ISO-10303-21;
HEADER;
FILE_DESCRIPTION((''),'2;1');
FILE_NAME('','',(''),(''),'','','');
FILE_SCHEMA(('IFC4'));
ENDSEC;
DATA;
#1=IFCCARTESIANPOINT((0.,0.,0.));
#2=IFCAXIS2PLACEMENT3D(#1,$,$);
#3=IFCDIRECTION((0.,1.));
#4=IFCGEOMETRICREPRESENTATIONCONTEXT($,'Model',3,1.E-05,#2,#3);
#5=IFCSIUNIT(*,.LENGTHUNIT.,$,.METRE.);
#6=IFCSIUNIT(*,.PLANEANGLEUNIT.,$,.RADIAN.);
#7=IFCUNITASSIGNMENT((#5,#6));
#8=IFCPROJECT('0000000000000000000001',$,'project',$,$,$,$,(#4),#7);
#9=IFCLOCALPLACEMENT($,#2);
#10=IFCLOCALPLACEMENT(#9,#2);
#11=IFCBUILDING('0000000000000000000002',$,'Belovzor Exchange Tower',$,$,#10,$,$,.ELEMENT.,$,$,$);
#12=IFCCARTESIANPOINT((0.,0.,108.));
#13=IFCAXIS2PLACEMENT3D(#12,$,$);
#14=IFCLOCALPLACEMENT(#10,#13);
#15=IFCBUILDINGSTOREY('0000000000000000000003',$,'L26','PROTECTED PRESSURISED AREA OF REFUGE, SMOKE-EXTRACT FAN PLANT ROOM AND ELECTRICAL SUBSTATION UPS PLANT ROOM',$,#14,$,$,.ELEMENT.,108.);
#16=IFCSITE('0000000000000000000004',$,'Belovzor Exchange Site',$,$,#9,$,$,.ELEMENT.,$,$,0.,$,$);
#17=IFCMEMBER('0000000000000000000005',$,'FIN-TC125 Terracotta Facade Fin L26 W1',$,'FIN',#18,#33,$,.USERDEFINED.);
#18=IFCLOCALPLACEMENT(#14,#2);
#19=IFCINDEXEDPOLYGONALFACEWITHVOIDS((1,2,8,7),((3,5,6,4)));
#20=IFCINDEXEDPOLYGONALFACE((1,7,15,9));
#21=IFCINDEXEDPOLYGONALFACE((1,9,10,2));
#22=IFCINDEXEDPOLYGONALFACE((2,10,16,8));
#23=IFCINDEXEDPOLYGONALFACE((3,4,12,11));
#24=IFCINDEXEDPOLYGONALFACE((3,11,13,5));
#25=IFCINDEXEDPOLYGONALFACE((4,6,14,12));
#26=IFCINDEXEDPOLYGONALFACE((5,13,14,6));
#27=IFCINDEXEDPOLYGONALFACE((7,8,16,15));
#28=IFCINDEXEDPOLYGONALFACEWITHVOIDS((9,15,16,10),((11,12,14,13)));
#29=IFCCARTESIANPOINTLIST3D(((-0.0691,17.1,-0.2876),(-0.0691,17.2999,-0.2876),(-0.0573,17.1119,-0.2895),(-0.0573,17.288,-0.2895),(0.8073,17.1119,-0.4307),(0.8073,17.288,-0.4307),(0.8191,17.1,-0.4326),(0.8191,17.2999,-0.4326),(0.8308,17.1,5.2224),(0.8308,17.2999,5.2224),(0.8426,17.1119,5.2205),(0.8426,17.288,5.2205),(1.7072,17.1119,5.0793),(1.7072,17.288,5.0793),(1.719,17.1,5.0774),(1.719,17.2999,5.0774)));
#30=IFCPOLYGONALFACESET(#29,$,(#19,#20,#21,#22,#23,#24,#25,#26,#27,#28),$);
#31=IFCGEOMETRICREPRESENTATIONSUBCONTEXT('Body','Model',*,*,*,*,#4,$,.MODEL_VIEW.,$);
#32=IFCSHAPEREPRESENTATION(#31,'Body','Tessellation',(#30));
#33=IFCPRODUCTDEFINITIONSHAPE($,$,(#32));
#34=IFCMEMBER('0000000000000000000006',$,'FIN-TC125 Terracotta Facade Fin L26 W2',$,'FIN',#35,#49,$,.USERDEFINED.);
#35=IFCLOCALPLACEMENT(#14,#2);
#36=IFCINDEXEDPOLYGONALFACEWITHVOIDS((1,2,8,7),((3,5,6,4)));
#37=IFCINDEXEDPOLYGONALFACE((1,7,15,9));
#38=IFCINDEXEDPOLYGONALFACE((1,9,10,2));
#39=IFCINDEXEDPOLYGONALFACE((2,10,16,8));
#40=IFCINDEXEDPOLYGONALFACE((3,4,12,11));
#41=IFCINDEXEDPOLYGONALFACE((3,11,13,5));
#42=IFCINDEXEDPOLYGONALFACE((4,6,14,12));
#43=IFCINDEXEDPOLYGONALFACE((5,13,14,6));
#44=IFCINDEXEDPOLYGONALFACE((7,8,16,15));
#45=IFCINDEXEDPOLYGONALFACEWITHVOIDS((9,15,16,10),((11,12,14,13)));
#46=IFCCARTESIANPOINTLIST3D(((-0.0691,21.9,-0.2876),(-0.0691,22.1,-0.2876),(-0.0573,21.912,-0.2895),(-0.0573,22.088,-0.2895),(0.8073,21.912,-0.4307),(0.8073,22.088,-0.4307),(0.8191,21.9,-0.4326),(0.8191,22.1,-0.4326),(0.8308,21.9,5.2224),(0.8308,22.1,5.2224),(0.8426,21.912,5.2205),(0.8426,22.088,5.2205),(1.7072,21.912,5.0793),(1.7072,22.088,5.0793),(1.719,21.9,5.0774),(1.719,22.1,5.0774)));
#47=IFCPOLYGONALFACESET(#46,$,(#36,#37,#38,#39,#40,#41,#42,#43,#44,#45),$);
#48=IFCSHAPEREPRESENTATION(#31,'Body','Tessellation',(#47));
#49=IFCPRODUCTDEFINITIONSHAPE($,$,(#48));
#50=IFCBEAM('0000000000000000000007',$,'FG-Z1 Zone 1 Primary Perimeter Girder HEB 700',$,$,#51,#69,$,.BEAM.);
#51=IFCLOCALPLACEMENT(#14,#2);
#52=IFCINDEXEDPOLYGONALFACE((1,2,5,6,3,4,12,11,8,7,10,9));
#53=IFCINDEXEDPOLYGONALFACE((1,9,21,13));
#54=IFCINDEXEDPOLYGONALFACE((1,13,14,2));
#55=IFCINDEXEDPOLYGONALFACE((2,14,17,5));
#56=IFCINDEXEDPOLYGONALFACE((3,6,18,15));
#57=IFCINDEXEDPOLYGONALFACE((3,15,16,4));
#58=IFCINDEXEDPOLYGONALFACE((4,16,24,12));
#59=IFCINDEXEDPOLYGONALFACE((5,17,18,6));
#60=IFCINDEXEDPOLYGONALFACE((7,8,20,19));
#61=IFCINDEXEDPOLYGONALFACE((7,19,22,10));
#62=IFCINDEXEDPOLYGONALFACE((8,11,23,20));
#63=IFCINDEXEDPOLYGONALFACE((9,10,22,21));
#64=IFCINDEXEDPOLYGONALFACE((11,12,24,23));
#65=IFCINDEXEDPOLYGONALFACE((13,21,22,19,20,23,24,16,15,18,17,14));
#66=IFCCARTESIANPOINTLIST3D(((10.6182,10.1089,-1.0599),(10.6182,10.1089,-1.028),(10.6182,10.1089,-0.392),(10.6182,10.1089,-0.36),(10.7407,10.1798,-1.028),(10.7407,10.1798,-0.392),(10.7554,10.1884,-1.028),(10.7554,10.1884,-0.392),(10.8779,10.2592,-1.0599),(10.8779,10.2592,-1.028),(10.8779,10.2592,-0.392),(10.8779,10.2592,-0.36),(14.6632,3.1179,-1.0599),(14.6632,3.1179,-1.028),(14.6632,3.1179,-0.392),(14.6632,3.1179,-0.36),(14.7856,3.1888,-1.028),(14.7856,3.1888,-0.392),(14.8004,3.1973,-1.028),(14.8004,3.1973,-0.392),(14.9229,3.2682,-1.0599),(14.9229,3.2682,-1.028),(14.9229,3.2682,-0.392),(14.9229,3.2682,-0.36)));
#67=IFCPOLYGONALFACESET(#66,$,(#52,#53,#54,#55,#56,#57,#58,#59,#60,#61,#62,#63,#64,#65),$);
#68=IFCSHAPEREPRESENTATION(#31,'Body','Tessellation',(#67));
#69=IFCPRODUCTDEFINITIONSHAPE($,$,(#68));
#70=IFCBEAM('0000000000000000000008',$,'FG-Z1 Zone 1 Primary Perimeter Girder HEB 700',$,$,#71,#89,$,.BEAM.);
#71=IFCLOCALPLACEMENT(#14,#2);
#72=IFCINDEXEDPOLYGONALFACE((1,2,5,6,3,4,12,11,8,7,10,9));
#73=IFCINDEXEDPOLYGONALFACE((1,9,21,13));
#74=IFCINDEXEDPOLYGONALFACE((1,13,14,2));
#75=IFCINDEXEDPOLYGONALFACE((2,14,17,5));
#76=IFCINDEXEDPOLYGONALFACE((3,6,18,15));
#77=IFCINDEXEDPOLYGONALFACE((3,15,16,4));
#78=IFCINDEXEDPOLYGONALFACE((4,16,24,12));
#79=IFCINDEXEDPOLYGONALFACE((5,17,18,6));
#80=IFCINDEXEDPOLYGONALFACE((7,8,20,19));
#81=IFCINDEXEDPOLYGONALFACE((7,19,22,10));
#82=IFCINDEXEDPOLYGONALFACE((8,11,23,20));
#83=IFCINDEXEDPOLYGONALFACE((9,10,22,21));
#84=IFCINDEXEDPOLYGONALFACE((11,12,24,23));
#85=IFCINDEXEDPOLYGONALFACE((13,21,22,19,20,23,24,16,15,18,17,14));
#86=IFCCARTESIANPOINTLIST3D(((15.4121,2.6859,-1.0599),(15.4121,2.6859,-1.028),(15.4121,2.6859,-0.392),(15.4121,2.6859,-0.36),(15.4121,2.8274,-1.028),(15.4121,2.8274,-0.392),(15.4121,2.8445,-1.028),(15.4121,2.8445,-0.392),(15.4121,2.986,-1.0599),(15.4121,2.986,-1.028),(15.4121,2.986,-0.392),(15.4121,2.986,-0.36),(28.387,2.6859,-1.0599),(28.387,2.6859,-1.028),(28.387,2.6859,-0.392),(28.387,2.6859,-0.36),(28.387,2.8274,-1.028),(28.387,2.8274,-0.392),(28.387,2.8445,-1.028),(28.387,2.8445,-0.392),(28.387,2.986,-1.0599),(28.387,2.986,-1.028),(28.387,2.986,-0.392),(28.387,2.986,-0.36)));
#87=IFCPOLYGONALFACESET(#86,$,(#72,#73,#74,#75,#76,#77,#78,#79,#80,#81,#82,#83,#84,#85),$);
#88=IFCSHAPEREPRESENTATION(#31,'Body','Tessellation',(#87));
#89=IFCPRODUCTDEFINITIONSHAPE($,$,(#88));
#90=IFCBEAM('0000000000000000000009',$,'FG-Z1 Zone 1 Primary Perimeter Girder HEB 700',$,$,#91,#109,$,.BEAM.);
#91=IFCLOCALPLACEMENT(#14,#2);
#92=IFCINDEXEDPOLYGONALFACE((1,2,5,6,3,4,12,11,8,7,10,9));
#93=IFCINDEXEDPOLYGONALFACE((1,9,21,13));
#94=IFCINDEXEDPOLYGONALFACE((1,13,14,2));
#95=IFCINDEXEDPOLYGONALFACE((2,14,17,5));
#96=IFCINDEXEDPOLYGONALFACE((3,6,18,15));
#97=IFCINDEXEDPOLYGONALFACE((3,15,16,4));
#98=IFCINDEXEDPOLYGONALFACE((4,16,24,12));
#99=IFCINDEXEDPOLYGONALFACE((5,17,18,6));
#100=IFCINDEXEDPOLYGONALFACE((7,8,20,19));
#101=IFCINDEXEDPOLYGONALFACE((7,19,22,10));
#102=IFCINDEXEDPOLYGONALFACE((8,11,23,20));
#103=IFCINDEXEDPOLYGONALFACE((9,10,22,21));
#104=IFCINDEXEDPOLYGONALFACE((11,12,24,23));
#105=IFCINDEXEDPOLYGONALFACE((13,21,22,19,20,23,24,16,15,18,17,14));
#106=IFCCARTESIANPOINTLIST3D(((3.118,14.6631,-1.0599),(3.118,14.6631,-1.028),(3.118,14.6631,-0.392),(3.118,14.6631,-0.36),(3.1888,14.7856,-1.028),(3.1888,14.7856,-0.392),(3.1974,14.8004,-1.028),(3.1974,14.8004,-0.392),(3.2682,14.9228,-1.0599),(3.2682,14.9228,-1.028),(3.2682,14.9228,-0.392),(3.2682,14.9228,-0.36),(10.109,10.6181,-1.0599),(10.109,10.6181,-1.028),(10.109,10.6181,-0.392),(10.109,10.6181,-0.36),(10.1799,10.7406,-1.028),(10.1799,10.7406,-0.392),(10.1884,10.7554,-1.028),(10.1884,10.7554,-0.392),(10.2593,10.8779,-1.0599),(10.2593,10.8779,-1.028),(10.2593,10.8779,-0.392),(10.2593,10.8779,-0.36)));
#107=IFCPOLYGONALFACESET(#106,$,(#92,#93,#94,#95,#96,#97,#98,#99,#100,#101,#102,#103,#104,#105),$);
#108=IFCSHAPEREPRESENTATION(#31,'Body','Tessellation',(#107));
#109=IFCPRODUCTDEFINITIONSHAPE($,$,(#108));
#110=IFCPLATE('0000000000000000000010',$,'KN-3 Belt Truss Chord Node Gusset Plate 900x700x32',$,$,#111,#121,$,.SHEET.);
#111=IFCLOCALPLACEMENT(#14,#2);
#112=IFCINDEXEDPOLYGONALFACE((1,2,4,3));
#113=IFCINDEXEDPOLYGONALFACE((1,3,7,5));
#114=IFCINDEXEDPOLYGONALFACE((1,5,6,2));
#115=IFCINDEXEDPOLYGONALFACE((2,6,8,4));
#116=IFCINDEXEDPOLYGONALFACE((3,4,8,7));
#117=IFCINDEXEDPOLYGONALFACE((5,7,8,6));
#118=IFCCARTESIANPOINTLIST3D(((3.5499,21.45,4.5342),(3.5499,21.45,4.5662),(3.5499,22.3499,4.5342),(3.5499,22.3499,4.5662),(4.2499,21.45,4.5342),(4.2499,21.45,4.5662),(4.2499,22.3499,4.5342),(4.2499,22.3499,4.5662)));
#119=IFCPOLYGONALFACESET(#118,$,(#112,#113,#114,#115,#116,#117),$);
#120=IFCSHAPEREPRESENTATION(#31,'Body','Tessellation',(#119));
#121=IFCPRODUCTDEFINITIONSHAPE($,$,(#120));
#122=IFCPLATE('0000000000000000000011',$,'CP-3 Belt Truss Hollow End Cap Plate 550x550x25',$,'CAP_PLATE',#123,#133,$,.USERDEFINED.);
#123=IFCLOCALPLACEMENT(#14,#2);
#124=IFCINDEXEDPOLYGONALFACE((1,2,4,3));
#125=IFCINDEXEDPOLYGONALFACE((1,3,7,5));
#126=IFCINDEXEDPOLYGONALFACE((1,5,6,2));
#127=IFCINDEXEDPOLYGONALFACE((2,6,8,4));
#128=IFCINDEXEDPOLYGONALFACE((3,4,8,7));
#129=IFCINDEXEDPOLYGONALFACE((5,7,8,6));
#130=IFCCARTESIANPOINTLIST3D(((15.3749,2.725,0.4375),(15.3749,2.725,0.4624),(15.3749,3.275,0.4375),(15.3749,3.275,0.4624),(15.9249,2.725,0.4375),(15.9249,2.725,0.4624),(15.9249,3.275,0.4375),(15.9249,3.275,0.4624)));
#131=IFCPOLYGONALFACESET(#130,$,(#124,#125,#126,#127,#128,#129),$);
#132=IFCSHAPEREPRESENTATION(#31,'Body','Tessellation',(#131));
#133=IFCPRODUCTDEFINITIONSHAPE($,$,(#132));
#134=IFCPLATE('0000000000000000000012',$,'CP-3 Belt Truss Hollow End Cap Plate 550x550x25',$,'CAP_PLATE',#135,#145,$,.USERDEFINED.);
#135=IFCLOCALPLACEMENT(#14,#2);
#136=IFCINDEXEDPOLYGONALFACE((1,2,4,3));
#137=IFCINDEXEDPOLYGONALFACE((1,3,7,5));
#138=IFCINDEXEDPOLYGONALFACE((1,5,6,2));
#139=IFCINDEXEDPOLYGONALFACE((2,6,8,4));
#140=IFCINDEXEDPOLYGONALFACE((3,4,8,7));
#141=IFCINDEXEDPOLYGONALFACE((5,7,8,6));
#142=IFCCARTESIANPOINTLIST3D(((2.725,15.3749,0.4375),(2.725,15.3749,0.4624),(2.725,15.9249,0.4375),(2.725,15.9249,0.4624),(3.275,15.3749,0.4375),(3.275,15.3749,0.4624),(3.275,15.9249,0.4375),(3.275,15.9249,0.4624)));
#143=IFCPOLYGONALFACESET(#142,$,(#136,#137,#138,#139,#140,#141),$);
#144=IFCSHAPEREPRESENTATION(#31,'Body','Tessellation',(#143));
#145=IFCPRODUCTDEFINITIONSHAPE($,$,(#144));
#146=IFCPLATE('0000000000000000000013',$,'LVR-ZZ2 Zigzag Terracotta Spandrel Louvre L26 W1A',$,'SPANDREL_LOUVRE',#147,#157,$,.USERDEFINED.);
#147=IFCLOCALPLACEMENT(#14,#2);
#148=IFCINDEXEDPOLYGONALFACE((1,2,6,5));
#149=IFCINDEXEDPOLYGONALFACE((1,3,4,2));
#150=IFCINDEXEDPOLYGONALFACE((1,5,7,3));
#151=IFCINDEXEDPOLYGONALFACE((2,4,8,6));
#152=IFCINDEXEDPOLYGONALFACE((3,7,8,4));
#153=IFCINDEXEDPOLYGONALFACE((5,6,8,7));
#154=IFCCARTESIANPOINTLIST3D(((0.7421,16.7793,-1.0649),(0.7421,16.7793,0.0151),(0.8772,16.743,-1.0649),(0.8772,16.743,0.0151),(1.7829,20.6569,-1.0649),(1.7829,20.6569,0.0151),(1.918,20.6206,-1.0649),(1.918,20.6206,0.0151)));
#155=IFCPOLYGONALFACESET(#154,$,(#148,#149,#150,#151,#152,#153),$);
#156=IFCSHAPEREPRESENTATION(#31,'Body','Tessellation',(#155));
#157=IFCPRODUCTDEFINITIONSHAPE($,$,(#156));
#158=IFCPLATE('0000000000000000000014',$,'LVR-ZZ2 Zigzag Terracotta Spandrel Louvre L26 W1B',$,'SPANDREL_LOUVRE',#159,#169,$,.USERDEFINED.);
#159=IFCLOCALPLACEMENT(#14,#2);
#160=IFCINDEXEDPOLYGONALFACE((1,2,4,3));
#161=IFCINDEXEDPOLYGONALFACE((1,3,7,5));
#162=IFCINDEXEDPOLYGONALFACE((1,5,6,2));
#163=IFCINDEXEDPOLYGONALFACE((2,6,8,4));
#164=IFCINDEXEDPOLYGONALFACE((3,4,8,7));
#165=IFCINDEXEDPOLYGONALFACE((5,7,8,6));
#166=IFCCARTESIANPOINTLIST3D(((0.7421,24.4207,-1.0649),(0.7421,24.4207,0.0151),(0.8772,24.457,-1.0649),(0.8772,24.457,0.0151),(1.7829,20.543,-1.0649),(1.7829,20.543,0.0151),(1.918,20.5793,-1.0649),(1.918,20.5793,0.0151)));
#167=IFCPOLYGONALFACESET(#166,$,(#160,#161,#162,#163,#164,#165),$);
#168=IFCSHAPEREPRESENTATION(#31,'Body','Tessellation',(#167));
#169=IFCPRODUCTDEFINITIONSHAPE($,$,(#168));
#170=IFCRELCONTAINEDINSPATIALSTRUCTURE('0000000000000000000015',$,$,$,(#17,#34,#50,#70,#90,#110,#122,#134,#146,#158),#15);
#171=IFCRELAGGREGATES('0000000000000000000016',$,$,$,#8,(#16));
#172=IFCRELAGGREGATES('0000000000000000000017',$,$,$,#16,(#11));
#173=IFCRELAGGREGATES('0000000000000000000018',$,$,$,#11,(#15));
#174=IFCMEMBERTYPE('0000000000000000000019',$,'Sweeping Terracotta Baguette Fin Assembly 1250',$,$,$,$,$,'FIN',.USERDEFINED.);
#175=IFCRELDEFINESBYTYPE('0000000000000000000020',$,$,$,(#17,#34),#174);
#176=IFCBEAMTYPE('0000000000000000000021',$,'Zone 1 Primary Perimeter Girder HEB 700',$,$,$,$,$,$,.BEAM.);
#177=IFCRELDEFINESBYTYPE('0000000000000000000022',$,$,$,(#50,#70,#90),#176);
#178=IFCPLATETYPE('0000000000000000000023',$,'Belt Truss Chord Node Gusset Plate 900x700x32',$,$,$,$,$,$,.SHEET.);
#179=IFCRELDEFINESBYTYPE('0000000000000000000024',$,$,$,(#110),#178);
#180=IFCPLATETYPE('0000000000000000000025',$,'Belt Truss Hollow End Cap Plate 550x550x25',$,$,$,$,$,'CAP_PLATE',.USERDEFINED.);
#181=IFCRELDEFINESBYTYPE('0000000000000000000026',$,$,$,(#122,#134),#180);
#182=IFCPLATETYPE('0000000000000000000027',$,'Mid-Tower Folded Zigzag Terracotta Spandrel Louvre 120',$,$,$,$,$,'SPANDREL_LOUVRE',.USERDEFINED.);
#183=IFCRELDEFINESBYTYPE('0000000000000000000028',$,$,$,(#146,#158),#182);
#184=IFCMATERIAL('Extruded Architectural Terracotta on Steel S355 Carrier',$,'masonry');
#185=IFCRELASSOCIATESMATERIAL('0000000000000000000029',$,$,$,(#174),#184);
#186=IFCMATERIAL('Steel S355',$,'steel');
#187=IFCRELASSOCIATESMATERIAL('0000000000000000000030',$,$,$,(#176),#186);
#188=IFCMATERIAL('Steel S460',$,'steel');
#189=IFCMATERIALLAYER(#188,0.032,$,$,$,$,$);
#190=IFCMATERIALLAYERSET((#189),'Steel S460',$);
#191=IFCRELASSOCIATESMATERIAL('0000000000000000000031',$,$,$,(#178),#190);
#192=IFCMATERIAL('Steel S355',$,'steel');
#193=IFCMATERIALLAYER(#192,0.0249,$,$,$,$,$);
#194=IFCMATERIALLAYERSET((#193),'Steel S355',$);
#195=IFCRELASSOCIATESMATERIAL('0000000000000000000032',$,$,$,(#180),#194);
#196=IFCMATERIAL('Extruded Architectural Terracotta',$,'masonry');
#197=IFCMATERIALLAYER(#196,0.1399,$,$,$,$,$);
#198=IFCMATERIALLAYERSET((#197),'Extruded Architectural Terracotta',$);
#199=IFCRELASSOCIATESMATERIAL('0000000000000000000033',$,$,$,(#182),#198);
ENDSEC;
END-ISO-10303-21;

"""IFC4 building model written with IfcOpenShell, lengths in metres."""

from ifc_helpers import new_model, si_unit, direction, frame, origin, origin_2d, place, context, subcontext, project, spatial, rectangle, hollow_rectangle, i_section, extrude, material, layer, layer_set, material_profile, profile_set, type_object, element, save


model = new_model("IFC4")

# Units and contexts
model_context = context("Model", 3, precision=1e-05, world=origin(), true_north=direction((0.0, 1.0)))
body_context = subcontext(model_context, "Body", "Model", "MODEL_VIEW")
ifc_project = project(units=[si_unit("LENGTHUNIT", "METRE"), si_unit("PLANEANGLEUNIT", "RADIAN")], contexts=[model_context])

# Site, building, storey
site_placement = place(None, origin())
site = spatial("IfcSite", under=ifc_project, at=site_placement, Name="Belovzor Exchange Site", CompositionType="ELEMENT", RefElevation=0.0)
building_placement = place(site_placement, origin())
building = spatial("IfcBuilding", under=site, at=building_placement, Name="Belovzor Exchange Tower", CompositionType="ELEMENT")
storey_placement = place(building_placement, frame((0.0, 0.0, 108.0)))
storey = spatial("IfcBuildingStorey", under=building, at=storey_placement, Name="L26", Description="PROTECTED PRESSURISED AREA OF REFUGE, SMOKE-EXTRACT FAN PLANT ROOM AND ELECTRICAL SUBSTATION UPS PLANT ROOM", CompositionType="ELEMENT", Elevation=108.0)

# Members
ifc_material_1 = material(Name="Extruded Architectural Terracotta on Steel S355 Carrier", Category="masonry")
ifc_material_profile_1 = material_profile(ifc_material_1, hollow_rectangle(XDim=0.2, YDim=0.8999, WallThickness=0.012, at=origin_2d()))
ifc_profile_set_1 = profile_set([ifc_material_profile_1], Name="Extruded Architectural Terracotta on Steel S355 Carrier")
member_type_1 = type_object("IfcMemberType", Name="Sweeping Terracotta Baguette Fin Assembly 1250", ElementType="FIN", PredefinedType="USERDEFINED", material=ifc_profile_set_1)
for number, where, z_axis, x_axis, name in (
    (1, (0.375, 17.2, -0.3601), (0.161186, 0.0, 0.986924), (0.0, 1.0, 0.0), "FIN-TC125 Terracotta Facade Fin L26 W1"),
    (2, (0.375, 22.0, -0.3601), (0.161186, 0.0, 0.986924), (0.0, 1.0, 0.0), "FIN-TC125 Terracotta Facade Fin L26 W2"),
):
    element("IfcMember", number, at=place(storey_placement, frame(where, z_axis=z_axis, x_axis=x_axis)), inside=storey, type_object=member_type_1, Name=name, ObjectType="FIN", PredefinedType="USERDEFINED", context=body_context, shape_type="SweptSolid", body=[
        extrude(hollow_rectangle(XDim=0.2, YDim=0.8999, WallThickness=0.012, at=origin_2d()), origin(), (0.0, 0.0, 1.0), 5.583),
    ])

# Beams
ifc_material_2 = material(Name="Steel S355", Category="steel")
ifc_material_profile_2 = material_profile(ifc_material_2, i_section(OverallWidth=0.3, OverallDepth=0.7, WebThickness=0.0171, FlangeThickness=0.032, at=origin_2d()))
ifc_profile_set_2 = profile_set([ifc_material_profile_2], Name="Steel S355")
beam_type_1 = type_object("IfcBeamType", Name="Zone 1 Primary Perimeter Girder HEB 700", PredefinedType="BEAM", material=ifc_profile_set_2)
beam_1_placement = place(storey_placement, frame((10.748, 10.1841, -0.71), z_axis=(0.500806, -0.865559, 0.0), x_axis=(0.865559, 0.500806, 0.0)))
element("IfcBeam", 3, at=beam_1_placement, inside=storey, type_object=beam_type_1, Name="FG-Z1 Zone 1 Primary Perimeter Girder HEB 700", PredefinedType="BEAM", context=body_context, shape_type="SweptSolid", body=[
    extrude(i_section(OverallWidth=0.3, OverallDepth=0.7, WebThickness=0.0171, FlangeThickness=0.032, at=origin_2d()), origin(), (0.0, 0.0, 1.0), 8.0769),
])
beam_2_placement = place(storey_placement, frame((15.4121, 2.8359, -0.71), z_axis=(1.0, 0.0, 0.0), x_axis=(0.0, 1.0, 0.0)))
element("IfcBeam", 4, at=beam_2_placement, inside=storey, type_object=beam_type_1, Name="FG-Z1 Zone 1 Primary Perimeter Girder HEB 700", PredefinedType="BEAM", context=body_context, shape_type="SweptSolid", body=[
    extrude(i_section(OverallWidth=0.3, OverallDepth=0.7, WebThickness=0.0171, FlangeThickness=0.032, at=origin_2d()), origin(), (0.0, 0.0, 1.0), 12.9749),
])
beam_3_placement = place(storey_placement, frame((3.1931, 14.793, -0.71), z_axis=(0.865559, -0.500806, 0.0), x_axis=(0.500806, 0.865559, 0.0)))
element("IfcBeam", 5, at=beam_3_placement, inside=storey, type_object=beam_type_1, Name="FG-Z1 Zone 1 Primary Perimeter Girder HEB 700", PredefinedType="BEAM", context=body_context, shape_type="SweptSolid", body=[
    extrude(i_section(OverallWidth=0.3, OverallDepth=0.7, WebThickness=0.0171, FlangeThickness=0.032, at=origin_2d()), origin(), (0.0, 0.0, 1.0), 8.0769),
])

# Plates
ifc_material_3 = material(Name="Steel S460", Category="steel")
ifc_layer_1 = layer(ifc_material_3, 0.032)
ifc_layer_set_1 = layer_set([ifc_layer_1], Name="Steel S460")
plate_type_1 = type_object("IfcPlateType", Name="Belt Truss Chord Node Gusset Plate 900x700x32", PredefinedType="SHEET", material=ifc_layer_set_1)
plate_placement = place(storey_placement, frame((3.8999, 21.8999, 4.5342), z_axis=(0.0, 0.0, 1.0), x_axis=(0.0, 1.0, 0.0)))
element("IfcPlate", 6, at=plate_placement, inside=storey, type_object=plate_type_1, Name="KN-3 Belt Truss Chord Node Gusset Plate 900x700x32", PredefinedType="SHEET", context=body_context, shape_type="SweptSolid", body=[
    extrude(rectangle(XDim=0.8999, YDim=0.7, at=origin_2d()), origin(), (0.0, 0.0, 1.0), 0.032),
])
ifc_material_4 = material(Name="Steel S355", Category="steel")
ifc_layer_2 = layer(ifc_material_4, 0.0249)
ifc_layer_set_2 = layer_set([ifc_layer_2], Name="Steel S355")
plate_type_2 = type_object("IfcPlateType", Name="Belt Truss Hollow End Cap Plate 550x550x25", ElementType="CAP_PLATE", PredefinedType="USERDEFINED", material=ifc_layer_set_2)
for number, where, z_axis, x_axis, name in (
    (7, (15.6499, 3.0, 0.4375), (0.0, 0.0, 1.0), (1.0, 0.0, 0.0), "CP-3 Belt Truss Hollow End Cap Plate 550x550x25"),
    (8, (3.0, 15.6499, 0.4375), (0.0, 0.0, 1.0), (0.0, 1.0, 0.0), "CP-3 Belt Truss Hollow End Cap Plate 550x550x25"),
):
    element("IfcPlate", number, at=place(storey_placement, frame(where, z_axis=z_axis, x_axis=x_axis)), inside=storey, type_object=plate_type_2, Name=name, ObjectType="CAP_PLATE", PredefinedType="USERDEFINED", context=body_context, shape_type="SweptSolid", body=[
        extrude(rectangle(XDim=0.55, YDim=0.55, at=origin_2d()), origin(), (0.0, 0.0, 1.0), 0.0249),
    ])
ifc_material_5 = material(Name="Extruded Architectural Terracotta", Category="masonry")
ifc_layer_3 = layer(ifc_material_5, 0.1399)
ifc_layer_set_3 = layer_set([ifc_layer_3], Name="Extruded Architectural Terracotta")
plate_type_3 = type_object("IfcPlateType", Name="Mid-Tower Folded Zigzag Terracotta Spandrel Louvre 120", ElementType="SPANDREL_LOUVRE", PredefinedType="USERDEFINED", material=ifc_layer_set_3)
for number, where, z_axis, x_axis, name in (
    (9, (1.3301, 18.7, -1.0649), (0.0, 0.0, 1.0), (0.25924, 0.965813, 0.0), "LVR-ZZ2 Zigzag Terracotta Spandrel Louvre L26 W1A"),
    (10, (1.3301, 22.5, -1.0649), (0.0, 0.0, 1.0), (-0.25924, 0.965813, 0.0), "LVR-ZZ2 Zigzag Terracotta Spandrel Louvre L26 W1B"),
):
    element("IfcPlate", number, at=place(storey_placement, frame(where, z_axis=z_axis, x_axis=x_axis)), inside=storey, type_object=plate_type_3, Name=name, ObjectType="SPANDREL_LOUVRE", PredefinedType="USERDEFINED", context=body_context, shape_type="SweptSolid", body=[
        extrude(rectangle(XDim=4.0149, YDim=0.1399, at=origin_2d()), origin(), (0.0, 0.0, 1.0), 1.0801),
    ])

save(model, "model.ifc")
